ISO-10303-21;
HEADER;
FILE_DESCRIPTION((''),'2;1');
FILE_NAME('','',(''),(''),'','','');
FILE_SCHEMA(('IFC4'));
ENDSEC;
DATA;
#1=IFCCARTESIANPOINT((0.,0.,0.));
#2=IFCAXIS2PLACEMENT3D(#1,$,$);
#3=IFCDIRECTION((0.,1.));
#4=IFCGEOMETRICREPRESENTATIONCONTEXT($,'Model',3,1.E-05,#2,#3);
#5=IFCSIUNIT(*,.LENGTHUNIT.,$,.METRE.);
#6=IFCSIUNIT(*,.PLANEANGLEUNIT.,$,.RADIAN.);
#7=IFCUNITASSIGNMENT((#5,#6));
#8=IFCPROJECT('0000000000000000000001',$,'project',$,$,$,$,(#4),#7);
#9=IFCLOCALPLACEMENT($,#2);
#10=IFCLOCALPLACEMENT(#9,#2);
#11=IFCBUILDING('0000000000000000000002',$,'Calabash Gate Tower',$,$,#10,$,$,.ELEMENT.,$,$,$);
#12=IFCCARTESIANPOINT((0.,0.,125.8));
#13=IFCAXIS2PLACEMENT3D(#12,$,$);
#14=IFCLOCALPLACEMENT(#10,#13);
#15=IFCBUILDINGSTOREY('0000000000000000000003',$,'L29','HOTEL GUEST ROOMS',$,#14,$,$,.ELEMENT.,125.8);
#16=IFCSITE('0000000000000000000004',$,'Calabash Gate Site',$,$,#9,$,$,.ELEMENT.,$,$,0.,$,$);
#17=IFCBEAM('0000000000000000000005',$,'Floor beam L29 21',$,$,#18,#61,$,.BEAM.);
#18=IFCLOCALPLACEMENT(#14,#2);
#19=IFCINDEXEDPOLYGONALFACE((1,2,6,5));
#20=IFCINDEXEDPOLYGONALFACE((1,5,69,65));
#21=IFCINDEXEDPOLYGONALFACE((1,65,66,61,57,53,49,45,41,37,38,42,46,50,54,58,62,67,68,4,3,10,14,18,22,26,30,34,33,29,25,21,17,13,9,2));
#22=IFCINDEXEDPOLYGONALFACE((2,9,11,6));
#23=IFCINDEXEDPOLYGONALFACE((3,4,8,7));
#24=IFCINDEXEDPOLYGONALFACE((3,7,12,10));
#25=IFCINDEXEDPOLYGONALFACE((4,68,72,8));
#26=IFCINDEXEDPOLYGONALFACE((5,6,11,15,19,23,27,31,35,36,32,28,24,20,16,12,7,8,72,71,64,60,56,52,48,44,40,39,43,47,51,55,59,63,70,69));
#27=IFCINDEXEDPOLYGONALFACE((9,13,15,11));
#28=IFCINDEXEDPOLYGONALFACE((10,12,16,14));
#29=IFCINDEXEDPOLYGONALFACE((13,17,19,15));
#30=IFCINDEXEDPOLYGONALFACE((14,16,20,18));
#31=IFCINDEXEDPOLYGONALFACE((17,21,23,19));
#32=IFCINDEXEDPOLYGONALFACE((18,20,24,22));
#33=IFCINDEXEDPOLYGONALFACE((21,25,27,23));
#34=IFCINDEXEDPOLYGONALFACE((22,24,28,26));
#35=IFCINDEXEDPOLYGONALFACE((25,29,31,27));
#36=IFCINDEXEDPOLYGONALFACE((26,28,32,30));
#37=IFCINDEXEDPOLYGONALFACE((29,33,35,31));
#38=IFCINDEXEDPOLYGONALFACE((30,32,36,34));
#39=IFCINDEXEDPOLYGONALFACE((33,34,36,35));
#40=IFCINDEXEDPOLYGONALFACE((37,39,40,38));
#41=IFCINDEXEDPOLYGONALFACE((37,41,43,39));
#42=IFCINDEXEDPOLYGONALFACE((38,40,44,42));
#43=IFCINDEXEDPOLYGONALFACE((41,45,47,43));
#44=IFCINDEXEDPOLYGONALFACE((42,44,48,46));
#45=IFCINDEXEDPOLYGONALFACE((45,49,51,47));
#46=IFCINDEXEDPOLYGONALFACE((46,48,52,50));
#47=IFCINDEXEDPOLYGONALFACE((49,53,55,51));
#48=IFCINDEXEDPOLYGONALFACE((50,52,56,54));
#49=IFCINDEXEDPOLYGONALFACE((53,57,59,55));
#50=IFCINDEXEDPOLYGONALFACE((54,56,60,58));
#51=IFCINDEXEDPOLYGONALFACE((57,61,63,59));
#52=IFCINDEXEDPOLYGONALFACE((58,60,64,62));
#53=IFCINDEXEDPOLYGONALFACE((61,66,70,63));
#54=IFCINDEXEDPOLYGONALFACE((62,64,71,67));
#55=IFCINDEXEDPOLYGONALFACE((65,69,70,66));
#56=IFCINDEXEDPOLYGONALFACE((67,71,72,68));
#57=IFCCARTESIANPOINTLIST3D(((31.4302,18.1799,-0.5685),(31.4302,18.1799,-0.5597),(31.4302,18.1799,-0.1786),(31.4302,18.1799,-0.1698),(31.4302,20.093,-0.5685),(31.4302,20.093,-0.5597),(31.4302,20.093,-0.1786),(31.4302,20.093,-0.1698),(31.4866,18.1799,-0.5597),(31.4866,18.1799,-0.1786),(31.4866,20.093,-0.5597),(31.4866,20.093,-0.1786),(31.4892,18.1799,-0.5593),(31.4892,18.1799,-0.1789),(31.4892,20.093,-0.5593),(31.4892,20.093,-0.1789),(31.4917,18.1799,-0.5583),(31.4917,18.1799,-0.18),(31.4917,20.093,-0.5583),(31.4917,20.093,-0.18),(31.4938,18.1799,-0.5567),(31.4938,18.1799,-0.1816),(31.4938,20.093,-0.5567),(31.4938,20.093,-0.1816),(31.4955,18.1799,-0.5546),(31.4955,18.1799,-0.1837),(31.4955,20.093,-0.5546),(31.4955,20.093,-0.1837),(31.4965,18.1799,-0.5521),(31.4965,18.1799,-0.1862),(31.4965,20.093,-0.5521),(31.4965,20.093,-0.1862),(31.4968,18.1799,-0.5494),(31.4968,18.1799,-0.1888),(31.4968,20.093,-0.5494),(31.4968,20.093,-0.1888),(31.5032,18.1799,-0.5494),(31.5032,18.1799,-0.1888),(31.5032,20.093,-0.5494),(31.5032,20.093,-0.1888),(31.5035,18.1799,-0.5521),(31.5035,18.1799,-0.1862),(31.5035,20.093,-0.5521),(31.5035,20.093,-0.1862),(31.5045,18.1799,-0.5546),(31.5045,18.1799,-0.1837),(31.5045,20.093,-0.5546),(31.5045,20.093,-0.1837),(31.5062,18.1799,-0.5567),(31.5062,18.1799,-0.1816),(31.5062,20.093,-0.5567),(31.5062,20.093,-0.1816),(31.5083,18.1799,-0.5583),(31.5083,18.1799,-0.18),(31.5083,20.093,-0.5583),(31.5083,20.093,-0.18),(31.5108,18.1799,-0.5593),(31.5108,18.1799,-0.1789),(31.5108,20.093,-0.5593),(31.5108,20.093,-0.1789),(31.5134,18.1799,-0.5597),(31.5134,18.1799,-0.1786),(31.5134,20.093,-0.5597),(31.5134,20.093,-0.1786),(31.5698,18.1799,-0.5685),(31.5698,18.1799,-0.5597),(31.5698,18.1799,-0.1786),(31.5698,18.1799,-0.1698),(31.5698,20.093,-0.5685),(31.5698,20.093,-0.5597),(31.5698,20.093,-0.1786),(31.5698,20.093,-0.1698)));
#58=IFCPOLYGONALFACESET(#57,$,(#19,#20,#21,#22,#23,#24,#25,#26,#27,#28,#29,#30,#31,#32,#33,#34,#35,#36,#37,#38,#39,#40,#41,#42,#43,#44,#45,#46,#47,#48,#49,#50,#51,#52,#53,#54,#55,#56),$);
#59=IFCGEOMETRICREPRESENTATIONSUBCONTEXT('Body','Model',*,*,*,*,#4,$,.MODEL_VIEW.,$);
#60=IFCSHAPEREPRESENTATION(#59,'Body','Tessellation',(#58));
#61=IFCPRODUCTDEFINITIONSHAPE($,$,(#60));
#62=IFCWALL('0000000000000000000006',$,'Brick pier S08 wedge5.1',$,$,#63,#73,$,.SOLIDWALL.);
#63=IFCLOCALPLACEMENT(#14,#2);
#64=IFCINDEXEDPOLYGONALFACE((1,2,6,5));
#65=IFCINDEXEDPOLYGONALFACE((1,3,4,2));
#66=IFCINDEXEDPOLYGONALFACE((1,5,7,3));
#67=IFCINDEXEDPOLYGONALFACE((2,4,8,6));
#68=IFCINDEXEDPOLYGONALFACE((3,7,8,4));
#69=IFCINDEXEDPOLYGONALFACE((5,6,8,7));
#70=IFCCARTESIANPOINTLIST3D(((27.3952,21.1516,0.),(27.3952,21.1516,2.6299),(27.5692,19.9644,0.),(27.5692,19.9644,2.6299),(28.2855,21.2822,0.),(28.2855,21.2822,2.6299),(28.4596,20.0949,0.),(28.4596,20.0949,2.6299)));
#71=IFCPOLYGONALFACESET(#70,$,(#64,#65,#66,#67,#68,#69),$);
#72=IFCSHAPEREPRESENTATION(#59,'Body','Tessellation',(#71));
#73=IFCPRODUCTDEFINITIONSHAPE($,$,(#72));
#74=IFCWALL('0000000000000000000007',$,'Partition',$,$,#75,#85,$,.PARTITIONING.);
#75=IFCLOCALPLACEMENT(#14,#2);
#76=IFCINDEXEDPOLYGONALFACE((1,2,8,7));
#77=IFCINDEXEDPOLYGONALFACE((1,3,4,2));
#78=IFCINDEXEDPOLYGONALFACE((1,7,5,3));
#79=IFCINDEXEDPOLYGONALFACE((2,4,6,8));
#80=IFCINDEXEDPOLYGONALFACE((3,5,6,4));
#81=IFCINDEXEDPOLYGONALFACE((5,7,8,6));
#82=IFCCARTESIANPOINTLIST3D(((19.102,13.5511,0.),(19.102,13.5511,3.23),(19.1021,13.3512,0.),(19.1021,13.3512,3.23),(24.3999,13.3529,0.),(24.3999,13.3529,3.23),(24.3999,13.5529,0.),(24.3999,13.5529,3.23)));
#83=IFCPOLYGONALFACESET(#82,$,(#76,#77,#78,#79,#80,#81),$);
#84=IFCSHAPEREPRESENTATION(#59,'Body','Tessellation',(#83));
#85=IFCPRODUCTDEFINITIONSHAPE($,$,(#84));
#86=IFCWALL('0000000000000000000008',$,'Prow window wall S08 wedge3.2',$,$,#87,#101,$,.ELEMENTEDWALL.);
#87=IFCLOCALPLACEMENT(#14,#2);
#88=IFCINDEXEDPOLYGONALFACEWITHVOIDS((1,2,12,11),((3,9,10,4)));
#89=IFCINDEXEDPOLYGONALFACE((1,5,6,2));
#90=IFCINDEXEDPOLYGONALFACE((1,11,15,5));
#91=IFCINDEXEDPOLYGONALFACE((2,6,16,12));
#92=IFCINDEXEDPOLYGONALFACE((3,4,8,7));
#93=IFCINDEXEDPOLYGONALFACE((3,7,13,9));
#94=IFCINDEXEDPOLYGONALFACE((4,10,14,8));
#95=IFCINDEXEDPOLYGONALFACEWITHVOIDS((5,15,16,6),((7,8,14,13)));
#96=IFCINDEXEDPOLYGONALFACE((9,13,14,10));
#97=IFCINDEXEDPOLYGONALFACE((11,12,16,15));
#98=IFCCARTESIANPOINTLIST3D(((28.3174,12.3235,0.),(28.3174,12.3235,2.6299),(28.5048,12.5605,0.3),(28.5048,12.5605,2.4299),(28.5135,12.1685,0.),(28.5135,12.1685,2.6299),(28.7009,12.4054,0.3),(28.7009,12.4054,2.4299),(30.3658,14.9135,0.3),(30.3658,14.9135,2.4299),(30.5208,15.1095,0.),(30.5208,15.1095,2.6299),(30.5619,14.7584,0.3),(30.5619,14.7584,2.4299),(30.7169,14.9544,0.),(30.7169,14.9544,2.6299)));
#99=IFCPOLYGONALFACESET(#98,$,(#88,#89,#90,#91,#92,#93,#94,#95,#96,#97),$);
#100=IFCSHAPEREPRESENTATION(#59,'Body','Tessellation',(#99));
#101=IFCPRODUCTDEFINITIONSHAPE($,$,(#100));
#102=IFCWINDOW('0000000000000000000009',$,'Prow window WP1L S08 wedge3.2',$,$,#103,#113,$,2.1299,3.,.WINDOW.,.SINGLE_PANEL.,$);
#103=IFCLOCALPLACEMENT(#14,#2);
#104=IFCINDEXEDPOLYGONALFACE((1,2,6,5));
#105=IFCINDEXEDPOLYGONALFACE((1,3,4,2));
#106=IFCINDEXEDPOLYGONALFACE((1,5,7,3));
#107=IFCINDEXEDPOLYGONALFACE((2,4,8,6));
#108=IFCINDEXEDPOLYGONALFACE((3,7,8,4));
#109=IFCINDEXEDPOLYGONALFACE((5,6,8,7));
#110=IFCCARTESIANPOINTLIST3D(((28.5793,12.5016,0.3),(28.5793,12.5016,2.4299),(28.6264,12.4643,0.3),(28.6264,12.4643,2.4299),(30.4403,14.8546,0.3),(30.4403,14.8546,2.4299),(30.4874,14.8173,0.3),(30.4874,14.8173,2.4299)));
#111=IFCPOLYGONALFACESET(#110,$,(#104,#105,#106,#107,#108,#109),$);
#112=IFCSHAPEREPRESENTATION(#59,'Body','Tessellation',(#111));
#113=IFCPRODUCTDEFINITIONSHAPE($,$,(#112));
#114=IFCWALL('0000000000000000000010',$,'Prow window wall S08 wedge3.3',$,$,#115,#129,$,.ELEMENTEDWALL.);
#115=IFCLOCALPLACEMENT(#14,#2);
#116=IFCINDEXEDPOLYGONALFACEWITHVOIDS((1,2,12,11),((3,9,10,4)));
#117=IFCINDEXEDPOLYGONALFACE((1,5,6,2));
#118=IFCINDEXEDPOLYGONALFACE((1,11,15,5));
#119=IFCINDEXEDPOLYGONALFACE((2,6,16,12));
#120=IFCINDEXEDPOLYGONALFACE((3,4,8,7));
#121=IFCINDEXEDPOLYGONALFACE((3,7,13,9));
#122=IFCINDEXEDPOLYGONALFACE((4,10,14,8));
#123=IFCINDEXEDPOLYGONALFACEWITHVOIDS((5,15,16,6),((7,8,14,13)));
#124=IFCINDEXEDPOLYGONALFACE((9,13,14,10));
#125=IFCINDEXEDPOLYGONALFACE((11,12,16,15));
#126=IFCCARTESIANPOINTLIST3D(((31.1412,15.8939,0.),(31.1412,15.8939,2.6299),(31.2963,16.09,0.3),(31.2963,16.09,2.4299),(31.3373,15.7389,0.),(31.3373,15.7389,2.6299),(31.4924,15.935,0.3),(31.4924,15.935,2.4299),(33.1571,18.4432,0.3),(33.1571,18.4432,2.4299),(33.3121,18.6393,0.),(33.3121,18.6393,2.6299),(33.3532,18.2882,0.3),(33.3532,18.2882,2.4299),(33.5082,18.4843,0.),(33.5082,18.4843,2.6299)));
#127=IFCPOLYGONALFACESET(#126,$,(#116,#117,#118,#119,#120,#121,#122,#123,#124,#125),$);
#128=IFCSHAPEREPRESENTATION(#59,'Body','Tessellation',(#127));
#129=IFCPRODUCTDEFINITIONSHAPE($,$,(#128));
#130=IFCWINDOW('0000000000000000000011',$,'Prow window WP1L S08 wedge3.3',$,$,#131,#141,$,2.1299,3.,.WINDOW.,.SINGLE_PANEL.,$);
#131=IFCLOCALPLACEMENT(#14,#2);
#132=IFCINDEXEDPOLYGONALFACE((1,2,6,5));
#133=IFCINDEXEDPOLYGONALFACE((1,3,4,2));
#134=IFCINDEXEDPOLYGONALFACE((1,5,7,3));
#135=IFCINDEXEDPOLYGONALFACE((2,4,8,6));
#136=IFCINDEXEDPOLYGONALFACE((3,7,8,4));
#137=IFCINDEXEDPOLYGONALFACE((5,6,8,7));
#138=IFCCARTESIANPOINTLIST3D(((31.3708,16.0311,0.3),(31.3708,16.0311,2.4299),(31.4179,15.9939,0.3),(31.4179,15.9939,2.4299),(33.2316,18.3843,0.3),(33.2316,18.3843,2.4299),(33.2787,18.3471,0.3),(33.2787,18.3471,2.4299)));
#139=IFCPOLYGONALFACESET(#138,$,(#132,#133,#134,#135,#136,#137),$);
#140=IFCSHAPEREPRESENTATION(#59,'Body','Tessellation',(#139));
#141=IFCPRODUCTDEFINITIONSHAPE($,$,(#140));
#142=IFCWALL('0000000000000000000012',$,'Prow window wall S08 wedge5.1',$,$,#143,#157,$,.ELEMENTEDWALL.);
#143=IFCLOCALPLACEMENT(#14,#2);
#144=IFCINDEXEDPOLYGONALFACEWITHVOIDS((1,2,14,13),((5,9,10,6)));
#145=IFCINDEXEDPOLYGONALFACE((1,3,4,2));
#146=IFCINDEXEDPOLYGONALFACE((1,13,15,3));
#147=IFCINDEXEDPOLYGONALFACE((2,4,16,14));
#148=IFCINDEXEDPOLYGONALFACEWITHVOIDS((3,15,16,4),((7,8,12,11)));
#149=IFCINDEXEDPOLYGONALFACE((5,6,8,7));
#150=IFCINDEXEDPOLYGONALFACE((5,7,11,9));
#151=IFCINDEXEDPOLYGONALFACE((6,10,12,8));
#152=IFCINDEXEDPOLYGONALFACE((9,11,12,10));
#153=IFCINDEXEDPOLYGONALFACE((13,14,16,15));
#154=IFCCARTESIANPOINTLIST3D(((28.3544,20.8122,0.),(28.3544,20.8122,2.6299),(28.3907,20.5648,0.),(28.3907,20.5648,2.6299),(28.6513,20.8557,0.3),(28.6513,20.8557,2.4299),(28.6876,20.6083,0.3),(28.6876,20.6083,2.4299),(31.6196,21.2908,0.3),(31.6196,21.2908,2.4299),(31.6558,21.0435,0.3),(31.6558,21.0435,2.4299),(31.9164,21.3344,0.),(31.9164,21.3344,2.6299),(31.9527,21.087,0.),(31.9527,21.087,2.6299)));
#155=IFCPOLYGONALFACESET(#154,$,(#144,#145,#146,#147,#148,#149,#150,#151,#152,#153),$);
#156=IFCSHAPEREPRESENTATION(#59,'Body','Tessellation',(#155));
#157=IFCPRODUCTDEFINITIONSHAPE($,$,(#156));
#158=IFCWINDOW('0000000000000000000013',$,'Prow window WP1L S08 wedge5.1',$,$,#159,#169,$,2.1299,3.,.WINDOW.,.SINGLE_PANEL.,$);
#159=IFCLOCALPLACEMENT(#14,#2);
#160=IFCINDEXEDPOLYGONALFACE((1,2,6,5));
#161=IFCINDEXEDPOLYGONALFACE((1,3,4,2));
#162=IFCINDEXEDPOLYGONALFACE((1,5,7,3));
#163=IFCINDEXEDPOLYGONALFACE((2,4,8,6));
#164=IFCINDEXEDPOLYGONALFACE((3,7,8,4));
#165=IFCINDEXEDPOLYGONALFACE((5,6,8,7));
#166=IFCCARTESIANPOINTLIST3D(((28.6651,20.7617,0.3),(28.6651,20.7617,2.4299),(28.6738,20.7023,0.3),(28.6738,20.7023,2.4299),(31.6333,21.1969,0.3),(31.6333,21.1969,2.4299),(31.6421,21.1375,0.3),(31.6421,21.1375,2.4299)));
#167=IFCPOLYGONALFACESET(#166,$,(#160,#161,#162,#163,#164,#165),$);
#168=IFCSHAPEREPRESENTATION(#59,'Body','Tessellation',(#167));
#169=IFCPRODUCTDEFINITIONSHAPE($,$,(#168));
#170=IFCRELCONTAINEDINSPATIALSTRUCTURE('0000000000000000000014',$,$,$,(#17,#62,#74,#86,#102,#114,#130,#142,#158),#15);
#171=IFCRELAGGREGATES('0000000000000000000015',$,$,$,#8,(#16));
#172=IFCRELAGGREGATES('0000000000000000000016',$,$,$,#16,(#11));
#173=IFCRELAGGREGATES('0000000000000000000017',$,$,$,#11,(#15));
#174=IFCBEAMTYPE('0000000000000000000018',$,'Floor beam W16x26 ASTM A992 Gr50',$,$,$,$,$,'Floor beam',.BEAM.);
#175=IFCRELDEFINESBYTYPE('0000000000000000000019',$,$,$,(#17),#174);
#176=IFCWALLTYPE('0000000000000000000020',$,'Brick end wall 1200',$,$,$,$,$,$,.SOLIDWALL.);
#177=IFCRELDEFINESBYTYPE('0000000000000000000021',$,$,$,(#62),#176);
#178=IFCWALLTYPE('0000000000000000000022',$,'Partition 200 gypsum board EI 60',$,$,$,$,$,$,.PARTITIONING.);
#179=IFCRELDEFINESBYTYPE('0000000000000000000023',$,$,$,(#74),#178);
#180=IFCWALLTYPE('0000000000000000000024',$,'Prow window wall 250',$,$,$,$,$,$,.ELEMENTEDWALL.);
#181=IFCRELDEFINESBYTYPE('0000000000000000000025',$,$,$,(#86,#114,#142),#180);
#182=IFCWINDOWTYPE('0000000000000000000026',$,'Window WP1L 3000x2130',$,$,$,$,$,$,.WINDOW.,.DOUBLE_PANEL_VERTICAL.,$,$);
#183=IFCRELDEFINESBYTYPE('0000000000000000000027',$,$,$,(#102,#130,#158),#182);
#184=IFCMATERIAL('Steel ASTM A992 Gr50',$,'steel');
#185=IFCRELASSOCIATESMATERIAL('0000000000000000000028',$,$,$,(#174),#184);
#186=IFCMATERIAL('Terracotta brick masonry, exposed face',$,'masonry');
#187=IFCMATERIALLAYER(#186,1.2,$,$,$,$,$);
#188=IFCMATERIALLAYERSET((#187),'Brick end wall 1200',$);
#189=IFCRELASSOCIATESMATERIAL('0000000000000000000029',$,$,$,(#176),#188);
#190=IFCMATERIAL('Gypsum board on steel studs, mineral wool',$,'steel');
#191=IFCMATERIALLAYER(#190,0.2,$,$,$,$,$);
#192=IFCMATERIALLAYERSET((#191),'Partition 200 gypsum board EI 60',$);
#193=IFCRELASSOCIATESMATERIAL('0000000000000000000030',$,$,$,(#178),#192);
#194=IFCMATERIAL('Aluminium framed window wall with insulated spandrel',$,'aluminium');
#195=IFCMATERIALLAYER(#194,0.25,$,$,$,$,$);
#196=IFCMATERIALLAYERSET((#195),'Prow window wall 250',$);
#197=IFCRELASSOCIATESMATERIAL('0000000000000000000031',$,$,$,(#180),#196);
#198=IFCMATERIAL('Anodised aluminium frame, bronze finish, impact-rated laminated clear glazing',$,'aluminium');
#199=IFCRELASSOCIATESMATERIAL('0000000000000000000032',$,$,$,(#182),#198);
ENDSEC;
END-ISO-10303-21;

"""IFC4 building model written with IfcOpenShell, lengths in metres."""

from ifc_helpers import new_model, si_unit, direction, frame, frame_2d, origin, origin_2d, place, context, subcontext, project, spatial, rectangle, i_section, extrude, material, layer, layer_set, material_profile, profile_set, type_object, element, fill, save


model = new_model("IFC4")

# Units and contexts
model_context = context("Model", 3, precision=1e-05, world=origin(), true_north=direction((0.0, 1.0)))
body_context = subcontext(model_context, "Body", "Model", "MODEL_VIEW")
ifc_project = project(units=[si_unit("LENGTHUNIT", "METRE"), si_unit("PLANEANGLEUNIT", "RADIAN")], contexts=[model_context])

# Site, building, storey
site_placement = place(None, origin())
site = spatial("IfcSite", under=ifc_project, at=site_placement, Name="Calabash Gate Site", CompositionType="ELEMENT", RefElevation=0.0)
building_placement = place(site_placement, origin())
building = spatial("IfcBuilding", under=site, at=building_placement, Name="Calabash Gate Tower", CompositionType="ELEMENT")
storey_placement = place(building_placement, frame((0.0, 0.0, 125.8)))
storey = spatial("IfcBuildingStorey", under=building, at=storey_placement, Name="L29", Description="HOTEL GUEST ROOMS", CompositionType="ELEMENT", Elevation=125.8)

# Beam
ifc_material_1 = material(Name="Steel ASTM A992 Gr50", Category="steel")
ifc_material_profile_1 = material_profile(ifc_material_1, i_section(OverallWidth=0.1396, OverallDepth=0.3987, WebThickness=0.0063, FlangeThickness=0.0088, FilletRadius=0.0103, at=origin_2d()))
ifc_profile_set_1 = profile_set([ifc_material_profile_1], Name="Steel ASTM A992 Gr50")
beam_type_1 = type_object("IfcBeamType", Name="Floor beam W16x26 ASTM A992 Gr50", ElementType="Floor beam", PredefinedType="BEAM", material=ifc_profile_set_1)
beam_1_placement = place(storey_placement, frame((31.5, 18.1799, -0.3691), z_axis=(0.0, 1.0, 0.0), x_axis=(-1.0, 0.0, 0.0)))
element("IfcBeam", 1, at=beam_1_placement, inside=storey, type_object=beam_type_1, Name="Floor beam L29 21", PredefinedType="BEAM", context=body_context, shape_type="SweptSolid", body=[
    extrude(i_section(OverallWidth=0.1396, OverallDepth=0.3987, WebThickness=0.0063, FlangeThickness=0.0088, FilletRadius=0.0103, at=origin_2d()), origin(), (0.0, 0.0, 1.0), 1.9131),
])

# Walls
ifc_material_2 = material(Name="Terracotta brick masonry, exposed face", Category="masonry")
ifc_layer_1 = layer(ifc_material_2, 1.2)
ifc_layer_set_1 = layer_set([ifc_layer_1], Name="Brick end wall 1200")
wall_type_1 = type_object("IfcWallType", Name="Brick end wall 1200", PredefinedType="SOLIDWALL", material=ifc_layer_set_1)
wall_1_placement = place(storey_placement, frame((27.8403, 21.217, 0.0), z_axis=(0.0, 0.0, 1.0), x_axis=(0.145066, -0.989422, 0.0)))
element("IfcWall", 2, at=wall_1_placement, inside=storey, type_object=wall_type_1, Name="Brick pier S08 wedge5.1", PredefinedType="SOLIDWALL", context=body_context, shape_type="SweptSolid", body=[
    extrude(rectangle(XDim=1.2, YDim=0.8999, at=frame_2d((0.6001, 0.0))), origin(), (0.0, 0.0, 1.0), 2.6299),
])
ifc_material_3 = material(Name="Gypsum board on steel studs, mineral wool", Category="steel")
ifc_layer_2 = layer(ifc_material_3, 0.2)
ifc_layer_set_2 = layer_set([ifc_layer_2], Name="Partition 200 gypsum board EI 60")
wall_type_2 = type_object("IfcWallType", Name="Partition 200 gypsum board EI 60", PredefinedType="PARTITIONING", material=ifc_layer_set_2)
wall_2_placement = place(storey_placement, frame((19.1021, 13.4512, 0.0), z_axis=(0.0, 0.0, 1.0), x_axis=(1.0, 0.000323, 0.0)))
element("IfcWall", 3, at=wall_2_placement, inside=storey, type_object=wall_type_2, Name="Partition", PredefinedType="PARTITIONING", context=body_context, shape_type="SweptSolid", body=[
    extrude(rectangle(XDim=5.2979, YDim=0.2, at=frame_2d((2.6489, 0.0))), origin(), (0.0, 0.0, 1.0), 3.23),
])

# Walls, openings, windows
ifc_material_4 = material(Name="Aluminium framed window wall with insulated spandrel", Category="aluminium")
ifc_layer_3 = layer(ifc_material_4, 0.25)
ifc_layer_set_3 = layer_set([ifc_layer_3], Name="Prow window wall 250")
wall_type_3 = type_object("IfcWallType", Name="Prow window wall 250", PredefinedType="ELEMENTEDWALL", material=ifc_layer_set_3)
wall_3_placement = place(storey_placement, frame((28.4155, 12.2461, 0.0), z_axis=(0.0, 0.0, 1.0), x_axis=(0.620335, 0.784337, 0.0)))
wall_3 = element("IfcWall", 4, at=wall_3_placement, inside=storey, type_object=wall_type_3, Name="Prow window wall S08 wedge3.2", PredefinedType="ELEMENTEDWALL", context=body_context, shape_type="SweptSolid", body=[
    extrude(rectangle(XDim=3.552, YDim=0.25, at=frame_2d((1.7759, 0.0))), origin(), (0.0, 0.0, 1.0), 2.6299),
])
opening_1_placement = place(wall_3_placement, frame((0.302, 0.0, 0.3)))
opening_1 = element("IfcOpeningElement", 5, at=opening_1_placement, cuts=wall_3, PredefinedType="OPENING", context=body_context, shape_type="SweptSolid", body=[
    extrude(rectangle(XDim=3.0, YDim=2.1299, at=frame_2d((1.5, 1.0649))), frame((0.0, 0.135, 0.0), z_axis=(0.0, -1.0, 0.0), x_axis=(1.0, 0.0, 0.0)), (0.0, 0.0, 1.0), 0.27),
])
ifc_material_5 = material(Name="Anodised aluminium frame, bronze finish, impact-rated laminated clear glazing", Category="aluminium")
window_type = type_object("IfcWindowType", Name="Window WP1L 3000x2130", PartitioningType="DOUBLE_PANEL_VERTICAL", PredefinedType="WINDOW", material=ifc_material_5)
window_1_placement = place(opening_1_placement, origin())
window_1 = element("IfcWindow", 6, at=window_1_placement, inside=storey, type_object=window_type, Name="Prow window WP1L S08 wedge3.2", OverallHeight=2.1299, OverallWidth=3.0, PartitioningType="SINGLE_PANEL", PredefinedType="WINDOW", context=body_context, shape_type="SweptSolid", body=[
    extrude(rectangle(XDim=3.0, YDim=2.1299, at=frame_2d((1.5, 1.0649))), frame((0.0, 0.03, 0.0), z_axis=(0.0, -1.0, 0.0), x_axis=(1.0, 0.0, 0.0)), (0.0, 0.0, 1.0), 0.0601),
])
fill(opening_1, window_1)
wall_4_placement = place(storey_placement, frame((31.2393, 15.8164, 0.0), z_axis=(0.0, 0.0, 1.0), x_axis=(0.620262, 0.784395, 0.0)))
wall_4 = element("IfcWall", 7, at=wall_4_placement, inside=storey, type_object=wall_type_3, Name="Prow window wall S08 wedge3.3", PredefinedType="ELEMENTEDWALL", context=body_context, shape_type="SweptSolid", body=[
    extrude(rectangle(XDim=3.5, YDim=0.25, at=frame_2d((1.75, 0.0))), origin(), (0.0, 0.0, 1.0), 2.6299),
])
opening_2_placement = place(wall_4_placement, frame((0.25, 0.0, 0.3)))
opening_2 = element("IfcOpeningElement", 8, at=opening_2_placement, cuts=wall_4, PredefinedType="OPENING", context=body_context, shape_type="SweptSolid", body=[
    extrude(rectangle(XDim=3.0, YDim=2.1299, at=frame_2d((1.5, 1.0649))), frame((0.0, 0.135, 0.0), z_axis=(0.0, -1.0, 0.0), x_axis=(1.0, 0.0, 0.0)), (0.0, 0.0, 1.0), 0.27),
])
window_2_placement = place(opening_2_placement, origin())
window_2 = element("IfcWindow", 9, at=window_2_placement, inside=storey, type_object=window_type, Name="Prow window WP1L S08 wedge3.3", OverallHeight=2.1299, OverallWidth=3.0, PartitioningType="SINGLE_PANEL", PredefinedType="WINDOW", context=body_context, shape_type="SweptSolid", body=[
    extrude(rectangle(XDim=3.0, YDim=2.1299, at=frame_2d((1.5, 1.0649))), frame((0.0, 0.03, 0.0), z_axis=(0.0, -1.0, 0.0), x_axis=(1.0, 0.0, 0.0)), (0.0, 0.0, 1.0), 0.0601),
])
fill(opening_2, window_2)
wall_5_placement = place(storey_placement, frame((31.9346, 21.2107, 0.0), z_axis=(0.0, 0.0, 1.0), x_axis=(-0.989423, -0.145057, 0.0)))
wall_5 = element("IfcWall", 10, at=wall_5_placement, inside=storey, type_object=wall_type_3, Name="Prow window wall S08 wedge5.1", PredefinedType="ELEMENTEDWALL", context=body_context, shape_type="SweptSolid", body=[
    extrude(rectangle(XDim=3.6001, YDim=0.25, at=frame_2d((1.8, 0.0))), origin(), (0.0, 0.0, 1.0), 2.6299),
])
opening_3_placement = place(wall_5_placement, frame((0.3, 0.0, 0.3)))
opening_3 = element("IfcOpeningElement", 11, at=opening_3_placement, cuts=wall_5, PredefinedType="OPENING", context=body_context, shape_type="SweptSolid", body=[
    extrude(rectangle(XDim=3.0, YDim=2.1299, at=frame_2d((1.5, 1.0649))), frame((0.0, 0.135, 0.0), z_axis=(0.0, -1.0, 0.0), x_axis=(1.0, 0.0, 0.0)), (0.0, 0.0, 1.0), 0.27),
])
window_3_placement = place(opening_3_placement, origin())
window_3 = element("IfcWindow", 12, at=window_3_placement, inside=storey, type_object=window_type, Name="Prow window WP1L S08 wedge5.1", OverallHeight=2.1299, OverallWidth=3.0, PartitioningType="SINGLE_PANEL", PredefinedType="WINDOW", context=body_context, shape_type="SweptSolid", body=[
    extrude(rectangle(XDim=3.0, YDim=2.1299, at=frame_2d((1.5, 1.0649))), frame((0.0, 0.03, 0.0), z_axis=(0.0, -1.0, 0.0), x_axis=(1.0, 0.0, 0.0)), (0.0, 0.0, 1.0), 0.0601),
])
fill(opening_3, window_3)

save(model, "model.ifc")
